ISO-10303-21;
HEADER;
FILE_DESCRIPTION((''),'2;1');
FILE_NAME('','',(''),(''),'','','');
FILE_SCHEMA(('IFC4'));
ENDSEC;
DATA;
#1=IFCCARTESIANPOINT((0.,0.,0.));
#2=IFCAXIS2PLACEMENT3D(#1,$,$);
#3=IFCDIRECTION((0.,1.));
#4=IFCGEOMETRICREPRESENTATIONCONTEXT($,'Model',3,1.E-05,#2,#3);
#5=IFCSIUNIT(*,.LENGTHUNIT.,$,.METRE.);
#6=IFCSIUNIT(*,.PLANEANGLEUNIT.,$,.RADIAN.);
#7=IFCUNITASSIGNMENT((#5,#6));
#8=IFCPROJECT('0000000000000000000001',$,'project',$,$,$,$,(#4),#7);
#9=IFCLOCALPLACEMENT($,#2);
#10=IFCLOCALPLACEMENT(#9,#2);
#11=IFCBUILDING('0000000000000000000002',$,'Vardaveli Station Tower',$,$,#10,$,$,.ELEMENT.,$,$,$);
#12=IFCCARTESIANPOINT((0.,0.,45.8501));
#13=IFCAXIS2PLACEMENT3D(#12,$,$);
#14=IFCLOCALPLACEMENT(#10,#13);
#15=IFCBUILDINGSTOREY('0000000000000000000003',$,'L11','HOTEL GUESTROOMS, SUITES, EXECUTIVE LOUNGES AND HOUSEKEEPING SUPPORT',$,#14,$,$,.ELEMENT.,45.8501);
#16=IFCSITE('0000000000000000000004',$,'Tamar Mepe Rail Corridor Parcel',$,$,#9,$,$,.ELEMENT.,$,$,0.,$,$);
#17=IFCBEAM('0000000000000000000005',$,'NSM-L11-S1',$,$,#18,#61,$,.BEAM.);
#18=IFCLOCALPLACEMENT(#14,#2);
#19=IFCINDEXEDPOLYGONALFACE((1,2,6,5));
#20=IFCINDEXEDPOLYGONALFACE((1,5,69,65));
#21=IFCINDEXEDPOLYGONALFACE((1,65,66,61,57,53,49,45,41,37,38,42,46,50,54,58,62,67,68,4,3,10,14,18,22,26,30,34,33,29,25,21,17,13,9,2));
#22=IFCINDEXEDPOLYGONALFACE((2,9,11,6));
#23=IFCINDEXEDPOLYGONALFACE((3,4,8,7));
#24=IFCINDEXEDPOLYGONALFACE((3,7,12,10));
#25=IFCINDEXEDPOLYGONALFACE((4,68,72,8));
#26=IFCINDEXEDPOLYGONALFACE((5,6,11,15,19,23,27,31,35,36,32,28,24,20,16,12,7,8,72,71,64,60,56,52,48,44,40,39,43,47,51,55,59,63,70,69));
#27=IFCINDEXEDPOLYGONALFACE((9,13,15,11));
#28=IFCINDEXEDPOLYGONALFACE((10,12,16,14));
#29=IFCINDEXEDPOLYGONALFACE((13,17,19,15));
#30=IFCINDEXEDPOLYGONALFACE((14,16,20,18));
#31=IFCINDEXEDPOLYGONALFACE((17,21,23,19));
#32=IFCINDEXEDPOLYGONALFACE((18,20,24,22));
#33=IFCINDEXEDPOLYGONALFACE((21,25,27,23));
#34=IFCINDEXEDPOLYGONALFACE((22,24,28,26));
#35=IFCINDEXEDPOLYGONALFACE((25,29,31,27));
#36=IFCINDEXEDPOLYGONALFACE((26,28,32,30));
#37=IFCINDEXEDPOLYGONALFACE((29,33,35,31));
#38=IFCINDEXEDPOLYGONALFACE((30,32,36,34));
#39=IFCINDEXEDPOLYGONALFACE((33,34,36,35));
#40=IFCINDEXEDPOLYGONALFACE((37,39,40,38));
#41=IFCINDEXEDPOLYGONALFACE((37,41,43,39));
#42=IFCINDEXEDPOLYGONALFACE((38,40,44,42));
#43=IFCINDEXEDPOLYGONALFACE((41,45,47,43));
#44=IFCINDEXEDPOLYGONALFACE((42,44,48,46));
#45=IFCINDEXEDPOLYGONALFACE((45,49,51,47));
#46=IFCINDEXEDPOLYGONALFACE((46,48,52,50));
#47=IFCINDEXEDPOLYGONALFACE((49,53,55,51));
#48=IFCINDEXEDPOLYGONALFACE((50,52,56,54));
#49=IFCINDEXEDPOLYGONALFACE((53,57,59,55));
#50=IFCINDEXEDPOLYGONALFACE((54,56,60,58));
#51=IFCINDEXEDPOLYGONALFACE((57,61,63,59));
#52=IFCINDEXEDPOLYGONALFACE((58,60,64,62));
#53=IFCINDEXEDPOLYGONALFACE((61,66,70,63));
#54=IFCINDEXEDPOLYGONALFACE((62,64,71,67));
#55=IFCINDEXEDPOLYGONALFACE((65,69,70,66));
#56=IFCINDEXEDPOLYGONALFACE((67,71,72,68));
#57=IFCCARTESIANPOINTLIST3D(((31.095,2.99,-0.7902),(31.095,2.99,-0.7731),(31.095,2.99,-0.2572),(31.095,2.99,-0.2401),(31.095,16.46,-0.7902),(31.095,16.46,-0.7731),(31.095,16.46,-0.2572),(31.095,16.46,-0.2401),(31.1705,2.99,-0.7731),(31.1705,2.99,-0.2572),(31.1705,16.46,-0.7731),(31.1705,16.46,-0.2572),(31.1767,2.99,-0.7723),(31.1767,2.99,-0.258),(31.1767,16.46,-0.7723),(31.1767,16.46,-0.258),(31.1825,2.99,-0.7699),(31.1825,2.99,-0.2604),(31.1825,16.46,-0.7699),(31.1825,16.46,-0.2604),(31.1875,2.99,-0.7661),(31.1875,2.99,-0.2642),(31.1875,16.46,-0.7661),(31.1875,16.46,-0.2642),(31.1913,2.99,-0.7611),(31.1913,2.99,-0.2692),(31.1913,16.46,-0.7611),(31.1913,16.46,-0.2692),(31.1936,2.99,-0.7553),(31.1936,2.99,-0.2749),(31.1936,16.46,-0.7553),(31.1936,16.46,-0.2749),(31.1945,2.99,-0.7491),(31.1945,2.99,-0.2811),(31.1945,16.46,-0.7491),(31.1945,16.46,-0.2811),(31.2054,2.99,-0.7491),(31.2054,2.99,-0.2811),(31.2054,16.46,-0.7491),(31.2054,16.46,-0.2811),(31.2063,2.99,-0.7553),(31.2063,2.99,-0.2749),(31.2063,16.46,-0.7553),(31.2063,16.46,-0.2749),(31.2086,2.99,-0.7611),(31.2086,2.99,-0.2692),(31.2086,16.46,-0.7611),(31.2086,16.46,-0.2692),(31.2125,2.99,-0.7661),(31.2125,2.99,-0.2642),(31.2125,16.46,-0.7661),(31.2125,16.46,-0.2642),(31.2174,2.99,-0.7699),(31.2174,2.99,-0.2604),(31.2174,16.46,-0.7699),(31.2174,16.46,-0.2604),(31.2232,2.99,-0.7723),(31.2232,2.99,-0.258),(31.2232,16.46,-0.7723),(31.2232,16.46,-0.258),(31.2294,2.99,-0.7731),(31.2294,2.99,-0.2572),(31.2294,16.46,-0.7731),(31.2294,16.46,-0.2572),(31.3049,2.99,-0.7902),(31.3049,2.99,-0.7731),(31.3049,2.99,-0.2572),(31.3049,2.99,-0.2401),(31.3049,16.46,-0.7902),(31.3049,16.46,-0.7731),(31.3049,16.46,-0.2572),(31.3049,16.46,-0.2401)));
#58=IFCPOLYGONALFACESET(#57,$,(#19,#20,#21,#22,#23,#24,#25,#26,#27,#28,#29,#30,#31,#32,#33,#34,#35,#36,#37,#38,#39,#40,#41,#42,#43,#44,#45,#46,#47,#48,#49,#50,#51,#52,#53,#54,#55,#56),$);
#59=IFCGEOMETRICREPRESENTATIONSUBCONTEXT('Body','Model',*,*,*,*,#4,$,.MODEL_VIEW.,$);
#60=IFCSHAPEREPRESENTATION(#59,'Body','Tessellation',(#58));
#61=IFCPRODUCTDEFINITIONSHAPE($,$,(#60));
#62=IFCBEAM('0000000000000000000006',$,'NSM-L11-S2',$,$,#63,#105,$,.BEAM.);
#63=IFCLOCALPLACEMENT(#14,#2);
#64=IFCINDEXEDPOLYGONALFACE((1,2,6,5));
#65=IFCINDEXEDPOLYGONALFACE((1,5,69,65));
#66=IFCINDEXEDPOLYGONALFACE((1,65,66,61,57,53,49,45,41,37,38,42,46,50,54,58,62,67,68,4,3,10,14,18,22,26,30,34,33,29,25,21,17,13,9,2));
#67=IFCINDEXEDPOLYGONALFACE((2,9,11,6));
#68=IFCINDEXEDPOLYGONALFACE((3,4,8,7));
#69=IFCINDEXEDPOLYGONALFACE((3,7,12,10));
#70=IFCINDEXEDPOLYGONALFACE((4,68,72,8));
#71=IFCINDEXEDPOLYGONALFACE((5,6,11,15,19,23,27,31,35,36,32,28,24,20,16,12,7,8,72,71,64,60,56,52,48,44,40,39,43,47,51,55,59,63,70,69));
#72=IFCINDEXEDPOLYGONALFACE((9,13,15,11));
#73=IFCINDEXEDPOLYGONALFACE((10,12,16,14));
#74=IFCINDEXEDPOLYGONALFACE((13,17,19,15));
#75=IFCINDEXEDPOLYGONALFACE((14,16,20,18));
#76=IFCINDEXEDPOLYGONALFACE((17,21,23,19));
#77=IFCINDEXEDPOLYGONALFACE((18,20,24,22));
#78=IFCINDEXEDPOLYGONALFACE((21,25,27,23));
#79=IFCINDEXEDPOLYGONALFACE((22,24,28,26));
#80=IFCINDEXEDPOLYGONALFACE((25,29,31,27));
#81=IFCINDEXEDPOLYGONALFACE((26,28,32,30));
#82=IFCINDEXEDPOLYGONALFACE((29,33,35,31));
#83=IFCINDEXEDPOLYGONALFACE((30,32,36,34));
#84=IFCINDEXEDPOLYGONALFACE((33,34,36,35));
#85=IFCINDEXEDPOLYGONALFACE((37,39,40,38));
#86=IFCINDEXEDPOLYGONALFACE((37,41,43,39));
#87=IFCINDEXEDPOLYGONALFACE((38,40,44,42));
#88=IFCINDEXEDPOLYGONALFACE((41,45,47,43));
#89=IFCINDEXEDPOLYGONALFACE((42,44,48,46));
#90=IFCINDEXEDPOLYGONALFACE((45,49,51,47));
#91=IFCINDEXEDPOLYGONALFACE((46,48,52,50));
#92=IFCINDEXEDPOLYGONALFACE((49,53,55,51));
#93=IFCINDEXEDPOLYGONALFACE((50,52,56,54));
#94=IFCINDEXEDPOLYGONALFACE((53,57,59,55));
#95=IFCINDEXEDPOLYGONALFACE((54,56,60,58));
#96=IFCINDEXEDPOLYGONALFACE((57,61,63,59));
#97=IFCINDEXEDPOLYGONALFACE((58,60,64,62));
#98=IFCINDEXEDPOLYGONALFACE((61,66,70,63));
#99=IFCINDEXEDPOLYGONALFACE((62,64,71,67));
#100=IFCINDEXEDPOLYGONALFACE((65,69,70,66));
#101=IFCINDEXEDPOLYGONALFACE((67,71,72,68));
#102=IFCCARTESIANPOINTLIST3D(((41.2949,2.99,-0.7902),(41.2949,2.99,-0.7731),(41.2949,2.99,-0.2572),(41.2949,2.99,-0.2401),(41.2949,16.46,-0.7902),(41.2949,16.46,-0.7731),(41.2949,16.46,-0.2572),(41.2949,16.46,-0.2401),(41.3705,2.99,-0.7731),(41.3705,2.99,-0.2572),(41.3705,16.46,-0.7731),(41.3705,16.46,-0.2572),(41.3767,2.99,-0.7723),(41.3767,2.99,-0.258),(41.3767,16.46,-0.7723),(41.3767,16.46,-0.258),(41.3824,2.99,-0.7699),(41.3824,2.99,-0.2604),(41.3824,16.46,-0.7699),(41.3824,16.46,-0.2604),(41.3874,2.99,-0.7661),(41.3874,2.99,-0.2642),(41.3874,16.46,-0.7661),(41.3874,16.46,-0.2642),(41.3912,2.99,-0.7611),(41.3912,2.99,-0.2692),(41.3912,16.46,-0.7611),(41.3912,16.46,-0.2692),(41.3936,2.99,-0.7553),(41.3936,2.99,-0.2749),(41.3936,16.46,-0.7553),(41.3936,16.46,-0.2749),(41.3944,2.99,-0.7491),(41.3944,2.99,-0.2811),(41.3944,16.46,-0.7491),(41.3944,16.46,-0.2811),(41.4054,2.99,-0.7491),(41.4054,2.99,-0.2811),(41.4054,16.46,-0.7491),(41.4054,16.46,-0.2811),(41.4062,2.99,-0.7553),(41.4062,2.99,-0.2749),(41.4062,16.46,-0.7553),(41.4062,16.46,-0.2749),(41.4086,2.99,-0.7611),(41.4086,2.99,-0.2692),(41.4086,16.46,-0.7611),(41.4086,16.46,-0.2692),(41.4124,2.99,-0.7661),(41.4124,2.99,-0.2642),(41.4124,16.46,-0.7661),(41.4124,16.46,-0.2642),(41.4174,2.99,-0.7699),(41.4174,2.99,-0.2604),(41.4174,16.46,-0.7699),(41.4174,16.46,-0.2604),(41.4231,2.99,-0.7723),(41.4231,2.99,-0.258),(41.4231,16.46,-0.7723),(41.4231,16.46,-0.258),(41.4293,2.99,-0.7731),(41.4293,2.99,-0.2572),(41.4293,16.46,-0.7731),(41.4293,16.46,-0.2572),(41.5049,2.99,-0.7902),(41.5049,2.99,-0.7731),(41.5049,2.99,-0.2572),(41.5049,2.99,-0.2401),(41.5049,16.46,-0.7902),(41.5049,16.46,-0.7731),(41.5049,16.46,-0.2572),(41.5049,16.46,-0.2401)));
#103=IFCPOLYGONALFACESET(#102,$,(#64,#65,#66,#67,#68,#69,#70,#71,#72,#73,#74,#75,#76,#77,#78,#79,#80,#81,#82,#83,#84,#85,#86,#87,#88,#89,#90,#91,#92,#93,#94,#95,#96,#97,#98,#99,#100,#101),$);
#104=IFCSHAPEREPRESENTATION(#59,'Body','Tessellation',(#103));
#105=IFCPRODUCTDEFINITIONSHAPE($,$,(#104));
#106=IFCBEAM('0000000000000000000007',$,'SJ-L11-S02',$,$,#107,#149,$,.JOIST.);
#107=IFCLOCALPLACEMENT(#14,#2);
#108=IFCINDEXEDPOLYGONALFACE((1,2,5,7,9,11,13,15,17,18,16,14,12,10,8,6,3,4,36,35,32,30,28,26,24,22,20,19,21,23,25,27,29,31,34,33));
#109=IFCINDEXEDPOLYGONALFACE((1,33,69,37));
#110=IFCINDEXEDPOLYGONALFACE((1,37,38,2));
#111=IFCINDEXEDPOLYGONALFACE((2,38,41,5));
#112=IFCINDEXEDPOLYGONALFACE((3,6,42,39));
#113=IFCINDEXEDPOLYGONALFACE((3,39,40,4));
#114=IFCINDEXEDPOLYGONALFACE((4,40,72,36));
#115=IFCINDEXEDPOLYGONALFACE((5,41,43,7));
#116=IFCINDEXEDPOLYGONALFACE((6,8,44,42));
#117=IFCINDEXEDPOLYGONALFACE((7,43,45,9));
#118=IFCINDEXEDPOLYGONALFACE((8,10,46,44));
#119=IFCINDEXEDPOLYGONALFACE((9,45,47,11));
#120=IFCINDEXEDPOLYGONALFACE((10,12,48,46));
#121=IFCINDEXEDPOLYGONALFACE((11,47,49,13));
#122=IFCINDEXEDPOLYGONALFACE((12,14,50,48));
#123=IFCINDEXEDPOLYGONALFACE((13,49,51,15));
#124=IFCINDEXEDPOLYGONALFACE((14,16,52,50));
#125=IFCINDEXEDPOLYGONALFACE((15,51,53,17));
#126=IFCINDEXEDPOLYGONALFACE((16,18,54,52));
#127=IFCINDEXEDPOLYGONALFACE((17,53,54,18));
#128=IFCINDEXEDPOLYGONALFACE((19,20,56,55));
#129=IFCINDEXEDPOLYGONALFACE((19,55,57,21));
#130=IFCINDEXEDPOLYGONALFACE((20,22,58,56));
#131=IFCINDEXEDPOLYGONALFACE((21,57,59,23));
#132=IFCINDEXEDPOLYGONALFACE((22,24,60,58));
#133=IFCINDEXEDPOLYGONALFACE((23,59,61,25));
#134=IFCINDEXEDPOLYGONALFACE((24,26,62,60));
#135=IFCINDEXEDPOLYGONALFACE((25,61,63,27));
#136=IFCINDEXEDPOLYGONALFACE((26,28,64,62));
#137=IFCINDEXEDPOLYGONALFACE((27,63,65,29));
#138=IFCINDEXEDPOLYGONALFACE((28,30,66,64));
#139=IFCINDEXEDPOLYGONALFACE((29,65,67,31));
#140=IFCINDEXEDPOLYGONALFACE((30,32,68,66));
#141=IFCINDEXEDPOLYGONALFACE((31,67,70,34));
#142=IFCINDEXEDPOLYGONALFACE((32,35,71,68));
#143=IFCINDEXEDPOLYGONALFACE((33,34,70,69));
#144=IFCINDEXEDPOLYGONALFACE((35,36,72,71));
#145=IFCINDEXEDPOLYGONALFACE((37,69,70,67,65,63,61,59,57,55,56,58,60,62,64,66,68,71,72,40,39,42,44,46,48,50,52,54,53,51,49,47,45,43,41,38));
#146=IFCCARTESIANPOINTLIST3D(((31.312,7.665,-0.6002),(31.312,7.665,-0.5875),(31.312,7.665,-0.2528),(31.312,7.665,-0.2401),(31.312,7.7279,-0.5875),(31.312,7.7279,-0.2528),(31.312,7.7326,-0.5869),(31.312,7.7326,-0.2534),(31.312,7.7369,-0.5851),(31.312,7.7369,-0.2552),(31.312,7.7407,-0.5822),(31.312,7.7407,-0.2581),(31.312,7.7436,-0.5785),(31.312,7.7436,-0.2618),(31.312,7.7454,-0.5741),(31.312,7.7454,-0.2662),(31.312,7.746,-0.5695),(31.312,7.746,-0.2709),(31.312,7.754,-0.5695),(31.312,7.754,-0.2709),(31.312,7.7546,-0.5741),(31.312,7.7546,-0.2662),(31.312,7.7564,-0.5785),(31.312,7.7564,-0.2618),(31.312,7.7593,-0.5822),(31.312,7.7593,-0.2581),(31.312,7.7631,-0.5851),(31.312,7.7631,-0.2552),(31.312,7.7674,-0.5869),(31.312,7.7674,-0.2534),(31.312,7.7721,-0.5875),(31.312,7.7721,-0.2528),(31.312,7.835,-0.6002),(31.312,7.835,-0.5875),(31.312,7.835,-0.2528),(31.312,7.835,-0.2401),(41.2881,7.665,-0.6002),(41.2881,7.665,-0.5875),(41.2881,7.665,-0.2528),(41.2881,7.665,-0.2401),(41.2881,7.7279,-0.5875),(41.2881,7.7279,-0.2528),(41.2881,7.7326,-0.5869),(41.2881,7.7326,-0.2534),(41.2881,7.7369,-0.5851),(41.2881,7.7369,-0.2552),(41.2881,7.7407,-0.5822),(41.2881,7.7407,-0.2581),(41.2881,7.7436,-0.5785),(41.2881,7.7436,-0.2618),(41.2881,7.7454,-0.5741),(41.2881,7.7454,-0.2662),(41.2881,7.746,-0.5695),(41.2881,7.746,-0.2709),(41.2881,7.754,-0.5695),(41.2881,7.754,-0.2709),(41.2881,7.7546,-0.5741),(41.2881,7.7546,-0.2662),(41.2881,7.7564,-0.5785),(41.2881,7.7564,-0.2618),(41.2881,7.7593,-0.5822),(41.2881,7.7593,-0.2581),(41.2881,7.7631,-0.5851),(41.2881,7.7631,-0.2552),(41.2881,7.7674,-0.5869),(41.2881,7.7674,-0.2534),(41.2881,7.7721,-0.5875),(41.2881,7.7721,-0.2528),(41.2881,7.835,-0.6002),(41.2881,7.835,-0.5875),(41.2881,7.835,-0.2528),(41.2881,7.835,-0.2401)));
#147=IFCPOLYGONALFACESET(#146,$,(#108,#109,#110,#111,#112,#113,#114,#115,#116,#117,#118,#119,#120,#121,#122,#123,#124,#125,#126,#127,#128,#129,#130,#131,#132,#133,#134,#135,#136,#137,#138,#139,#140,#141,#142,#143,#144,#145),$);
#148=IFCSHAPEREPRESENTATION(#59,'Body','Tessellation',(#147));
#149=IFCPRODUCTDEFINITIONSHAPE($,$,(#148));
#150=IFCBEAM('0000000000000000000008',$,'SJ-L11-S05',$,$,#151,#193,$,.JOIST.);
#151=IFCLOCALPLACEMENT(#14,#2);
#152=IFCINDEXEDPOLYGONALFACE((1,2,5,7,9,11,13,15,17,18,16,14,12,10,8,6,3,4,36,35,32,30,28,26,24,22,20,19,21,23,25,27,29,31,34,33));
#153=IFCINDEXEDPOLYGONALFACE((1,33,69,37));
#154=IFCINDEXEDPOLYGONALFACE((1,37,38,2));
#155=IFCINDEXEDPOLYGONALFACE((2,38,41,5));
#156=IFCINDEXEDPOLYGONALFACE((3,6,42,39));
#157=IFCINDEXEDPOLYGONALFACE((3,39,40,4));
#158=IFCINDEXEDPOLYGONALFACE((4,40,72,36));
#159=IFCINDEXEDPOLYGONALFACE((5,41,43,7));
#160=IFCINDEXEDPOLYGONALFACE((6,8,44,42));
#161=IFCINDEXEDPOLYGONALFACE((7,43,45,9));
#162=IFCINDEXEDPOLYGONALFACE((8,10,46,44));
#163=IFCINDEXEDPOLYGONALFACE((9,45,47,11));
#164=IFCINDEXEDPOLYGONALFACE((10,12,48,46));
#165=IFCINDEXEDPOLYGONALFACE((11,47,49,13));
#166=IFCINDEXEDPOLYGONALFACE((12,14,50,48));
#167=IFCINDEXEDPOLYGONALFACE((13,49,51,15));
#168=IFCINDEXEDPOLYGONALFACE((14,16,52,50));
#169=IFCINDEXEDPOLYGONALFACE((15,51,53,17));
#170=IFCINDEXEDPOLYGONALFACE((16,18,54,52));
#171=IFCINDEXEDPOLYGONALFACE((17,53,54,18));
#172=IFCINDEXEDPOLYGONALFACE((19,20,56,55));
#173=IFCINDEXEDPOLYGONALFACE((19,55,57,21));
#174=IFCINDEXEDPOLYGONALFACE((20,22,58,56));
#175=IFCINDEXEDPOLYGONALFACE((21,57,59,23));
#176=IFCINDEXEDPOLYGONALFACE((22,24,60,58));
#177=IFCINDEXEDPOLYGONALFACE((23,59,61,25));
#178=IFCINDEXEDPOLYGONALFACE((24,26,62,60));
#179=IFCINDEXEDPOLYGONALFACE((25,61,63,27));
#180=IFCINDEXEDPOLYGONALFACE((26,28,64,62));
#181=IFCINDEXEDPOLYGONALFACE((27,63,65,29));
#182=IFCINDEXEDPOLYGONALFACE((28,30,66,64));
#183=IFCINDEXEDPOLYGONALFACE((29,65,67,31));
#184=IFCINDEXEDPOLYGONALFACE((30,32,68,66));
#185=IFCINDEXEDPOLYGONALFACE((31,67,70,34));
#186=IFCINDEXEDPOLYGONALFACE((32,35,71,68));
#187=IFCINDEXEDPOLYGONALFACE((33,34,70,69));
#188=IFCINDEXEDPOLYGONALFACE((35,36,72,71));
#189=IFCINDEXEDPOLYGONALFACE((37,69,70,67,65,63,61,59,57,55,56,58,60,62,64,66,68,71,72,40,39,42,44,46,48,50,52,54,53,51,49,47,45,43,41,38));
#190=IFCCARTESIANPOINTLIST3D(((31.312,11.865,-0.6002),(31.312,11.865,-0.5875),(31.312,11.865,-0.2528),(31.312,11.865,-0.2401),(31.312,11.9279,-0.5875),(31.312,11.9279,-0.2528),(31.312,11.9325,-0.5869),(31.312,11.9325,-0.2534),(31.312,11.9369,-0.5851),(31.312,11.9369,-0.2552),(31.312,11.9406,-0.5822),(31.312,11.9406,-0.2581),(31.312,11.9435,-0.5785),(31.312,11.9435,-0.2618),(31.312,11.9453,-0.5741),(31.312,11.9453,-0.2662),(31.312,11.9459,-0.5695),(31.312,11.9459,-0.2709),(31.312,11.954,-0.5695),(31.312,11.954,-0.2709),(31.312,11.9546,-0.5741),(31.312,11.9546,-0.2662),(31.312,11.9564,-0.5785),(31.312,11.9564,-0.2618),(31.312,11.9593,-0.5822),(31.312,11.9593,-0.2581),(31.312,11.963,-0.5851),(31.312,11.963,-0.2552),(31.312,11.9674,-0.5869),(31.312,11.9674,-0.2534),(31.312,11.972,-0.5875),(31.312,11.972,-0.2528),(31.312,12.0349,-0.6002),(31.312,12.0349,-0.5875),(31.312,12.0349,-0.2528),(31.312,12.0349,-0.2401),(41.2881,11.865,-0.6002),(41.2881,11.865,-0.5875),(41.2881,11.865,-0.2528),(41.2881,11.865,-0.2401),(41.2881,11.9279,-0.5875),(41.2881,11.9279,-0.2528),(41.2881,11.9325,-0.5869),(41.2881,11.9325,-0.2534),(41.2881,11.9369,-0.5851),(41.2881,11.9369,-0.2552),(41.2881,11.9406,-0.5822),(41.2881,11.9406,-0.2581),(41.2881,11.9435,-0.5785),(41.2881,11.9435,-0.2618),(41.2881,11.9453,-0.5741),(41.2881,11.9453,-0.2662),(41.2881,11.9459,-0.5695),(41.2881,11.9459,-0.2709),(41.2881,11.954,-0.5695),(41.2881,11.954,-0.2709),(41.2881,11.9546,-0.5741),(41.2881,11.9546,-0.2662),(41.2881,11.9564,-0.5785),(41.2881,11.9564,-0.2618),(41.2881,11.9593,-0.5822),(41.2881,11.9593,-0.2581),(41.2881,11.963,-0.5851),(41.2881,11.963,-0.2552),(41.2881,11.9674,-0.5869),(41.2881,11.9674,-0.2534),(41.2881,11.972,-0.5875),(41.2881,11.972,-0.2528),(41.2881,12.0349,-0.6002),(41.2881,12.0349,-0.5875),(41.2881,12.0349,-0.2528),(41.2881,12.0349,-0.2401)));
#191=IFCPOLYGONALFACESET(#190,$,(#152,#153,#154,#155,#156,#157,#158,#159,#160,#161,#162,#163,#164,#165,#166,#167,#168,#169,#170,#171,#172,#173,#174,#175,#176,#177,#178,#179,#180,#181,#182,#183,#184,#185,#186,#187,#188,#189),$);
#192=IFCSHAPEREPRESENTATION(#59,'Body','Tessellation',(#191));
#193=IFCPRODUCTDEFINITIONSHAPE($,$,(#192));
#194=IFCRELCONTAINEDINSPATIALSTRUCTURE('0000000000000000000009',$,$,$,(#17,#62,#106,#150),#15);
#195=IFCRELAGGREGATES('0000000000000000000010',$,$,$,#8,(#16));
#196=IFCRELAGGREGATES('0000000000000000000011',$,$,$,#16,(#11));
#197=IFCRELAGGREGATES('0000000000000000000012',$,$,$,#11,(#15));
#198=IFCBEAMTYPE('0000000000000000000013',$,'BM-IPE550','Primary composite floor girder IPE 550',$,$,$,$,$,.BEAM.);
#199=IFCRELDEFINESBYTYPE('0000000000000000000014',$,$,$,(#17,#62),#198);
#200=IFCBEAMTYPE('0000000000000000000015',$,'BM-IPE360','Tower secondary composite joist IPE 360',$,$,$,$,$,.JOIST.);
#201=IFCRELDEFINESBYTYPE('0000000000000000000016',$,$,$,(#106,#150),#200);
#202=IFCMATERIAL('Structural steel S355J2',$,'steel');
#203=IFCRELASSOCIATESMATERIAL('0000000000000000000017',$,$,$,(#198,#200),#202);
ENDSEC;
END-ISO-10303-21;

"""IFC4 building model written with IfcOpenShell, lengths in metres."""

from ifc_helpers import new_model, si_unit, direction, frame, origin, origin_2d, place, context, subcontext, project, spatial, i_section, extrude, source, transform, mapped, material, material_profile, profile_set, type_object, element, save


model = new_model("IFC4")

# Units and contexts
model_context = context("Model", 3, precision=1e-05, world=origin(), true_north=direction((0.0, 1.0)))
body_context = subcontext(model_context, "Body", "Model", "MODEL_VIEW")
ifc_project = project(units=[si_unit("LENGTHUNIT", "METRE"), si_unit("PLANEANGLEUNIT", "RADIAN")], contexts=[model_context])

# Site, building, storey
site_placement = place(None, origin())
site = spatial("IfcSite", under=ifc_project, at=site_placement, Name="Tamar Mepe Rail Corridor Parcel", CompositionType="ELEMENT", RefElevation=0.0)
building_placement = place(site_placement, origin())
building = spatial("IfcBuilding", under=site, at=building_placement, Name="Vardaveli Station Tower", CompositionType="ELEMENT")
storey_placement = place(building_placement, frame((0.0, 0.0, 45.8501)))
storey = spatial("IfcBuildingStorey", under=building, at=storey_placement, Name="L11", Description="HOTEL GUESTROOMS, SUITES, EXECUTIVE LOUNGES AND HOUSEKEEPING SUPPORT", CompositionType="ELEMENT", Elevation=45.8501)

# Beams
ifc_material_1 = material(Name="Structural steel S355J2", Category="steel")
ifc_material_profile_1 = material_profile(ifc_material_1, i_section(OverallWidth=0.21, OverallDepth=0.55, WebThickness=0.011, FlangeThickness=0.0171, FilletRadius=0.0239, at=origin_2d()), Name="IPE 550")
ifc_profile_set_1 = profile_set([ifc_material_profile_1], Name="Structural steel S355J2")
beam_type_1 = type_object("IfcBeamType", Name="BM-IPE550", Description="Primary composite floor girder IPE 550", PredefinedType="BEAM", material=ifc_profile_set_1)
shared_shape_1 = source(origin(), body_context, "Body", "SweptSolid", [
    extrude(i_section(OverallWidth=0.21, OverallDepth=0.55, WebThickness=0.011, FlangeThickness=0.0171, FilletRadius=0.0239, at=origin_2d()), origin(), (0.0, 0.0, 1.0), 13.47),
])
for number, where, z_axis, x_axis, name in (
    (1, (31.2, 2.99, -0.5151), (0.0, 1.0, 0.0), (-1.0, 0.0, 0.0), "NSM-L11-S1"),
    (2, (41.3999, 2.99, -0.5151), (0.0, 1.0, 0.0), (-1.0, 0.0, 0.0), "NSM-L11-S2"),
):
    element("IfcBeam", number, at=place(storey_placement, frame(where, z_axis=z_axis, x_axis=x_axis)), inside=storey, type_object=beam_type_1, Name=name, PredefinedType="BEAM", context=body_context, shape_type="MappedRepresentation", body=[
        mapped(shared_shape_1, transform((0.0, 0.0, 0.0), scale=1.0)),
    ])
ifc_material_profile_2 = material_profile(ifc_material_1, i_section(OverallWidth=0.1699, OverallDepth=0.3601, WebThickness=0.0081, FlangeThickness=0.0127, FilletRadius=0.0181, at=origin_2d()), Name="IPE 360")
ifc_profile_set_2 = profile_set([ifc_material_profile_2], Name="Structural steel S355J2")
beam_type_2 = type_object("IfcBeamType", Name="BM-IPE360", Description="Tower secondary composite joist IPE 360", PredefinedType="JOIST", material=ifc_profile_set_2)
shared_shape_2 = source(origin(), body_context, "Body", "SweptSolid", [
    extrude(i_section(OverallWidth=0.1699, OverallDepth=0.3601, WebThickness=0.0081, FlangeThickness=0.0127, FilletRadius=0.0181, at=origin_2d()), origin(), (0.0, 0.0, 1.0), 9.9761),
])
for number, where, z_axis, x_axis, name in (
    (3, (31.312, 7.75, -0.4202), (1.0, 0.0, 0.0), (0.0, 1.0, 0.0), "SJ-L11-S02"),
    (4, (31.312, 11.95, -0.4202), (1.0, 0.0, 0.0), (0.0, 1.0, 0.0), "SJ-L11-S05"),
):
    element("IfcBeam", number, at=place(storey_placement, frame(where, z_axis=z_axis, x_axis=x_axis)), inside=storey, type_object=beam_type_2, Name=name, PredefinedType="JOIST", context=body_context, shape_type="MappedRepresentation", body=[
        mapped(shared_shape_2, transform((0.0, 0.0, 0.0), scale=1.0)),
    ])

save(model, "model.ifc")
